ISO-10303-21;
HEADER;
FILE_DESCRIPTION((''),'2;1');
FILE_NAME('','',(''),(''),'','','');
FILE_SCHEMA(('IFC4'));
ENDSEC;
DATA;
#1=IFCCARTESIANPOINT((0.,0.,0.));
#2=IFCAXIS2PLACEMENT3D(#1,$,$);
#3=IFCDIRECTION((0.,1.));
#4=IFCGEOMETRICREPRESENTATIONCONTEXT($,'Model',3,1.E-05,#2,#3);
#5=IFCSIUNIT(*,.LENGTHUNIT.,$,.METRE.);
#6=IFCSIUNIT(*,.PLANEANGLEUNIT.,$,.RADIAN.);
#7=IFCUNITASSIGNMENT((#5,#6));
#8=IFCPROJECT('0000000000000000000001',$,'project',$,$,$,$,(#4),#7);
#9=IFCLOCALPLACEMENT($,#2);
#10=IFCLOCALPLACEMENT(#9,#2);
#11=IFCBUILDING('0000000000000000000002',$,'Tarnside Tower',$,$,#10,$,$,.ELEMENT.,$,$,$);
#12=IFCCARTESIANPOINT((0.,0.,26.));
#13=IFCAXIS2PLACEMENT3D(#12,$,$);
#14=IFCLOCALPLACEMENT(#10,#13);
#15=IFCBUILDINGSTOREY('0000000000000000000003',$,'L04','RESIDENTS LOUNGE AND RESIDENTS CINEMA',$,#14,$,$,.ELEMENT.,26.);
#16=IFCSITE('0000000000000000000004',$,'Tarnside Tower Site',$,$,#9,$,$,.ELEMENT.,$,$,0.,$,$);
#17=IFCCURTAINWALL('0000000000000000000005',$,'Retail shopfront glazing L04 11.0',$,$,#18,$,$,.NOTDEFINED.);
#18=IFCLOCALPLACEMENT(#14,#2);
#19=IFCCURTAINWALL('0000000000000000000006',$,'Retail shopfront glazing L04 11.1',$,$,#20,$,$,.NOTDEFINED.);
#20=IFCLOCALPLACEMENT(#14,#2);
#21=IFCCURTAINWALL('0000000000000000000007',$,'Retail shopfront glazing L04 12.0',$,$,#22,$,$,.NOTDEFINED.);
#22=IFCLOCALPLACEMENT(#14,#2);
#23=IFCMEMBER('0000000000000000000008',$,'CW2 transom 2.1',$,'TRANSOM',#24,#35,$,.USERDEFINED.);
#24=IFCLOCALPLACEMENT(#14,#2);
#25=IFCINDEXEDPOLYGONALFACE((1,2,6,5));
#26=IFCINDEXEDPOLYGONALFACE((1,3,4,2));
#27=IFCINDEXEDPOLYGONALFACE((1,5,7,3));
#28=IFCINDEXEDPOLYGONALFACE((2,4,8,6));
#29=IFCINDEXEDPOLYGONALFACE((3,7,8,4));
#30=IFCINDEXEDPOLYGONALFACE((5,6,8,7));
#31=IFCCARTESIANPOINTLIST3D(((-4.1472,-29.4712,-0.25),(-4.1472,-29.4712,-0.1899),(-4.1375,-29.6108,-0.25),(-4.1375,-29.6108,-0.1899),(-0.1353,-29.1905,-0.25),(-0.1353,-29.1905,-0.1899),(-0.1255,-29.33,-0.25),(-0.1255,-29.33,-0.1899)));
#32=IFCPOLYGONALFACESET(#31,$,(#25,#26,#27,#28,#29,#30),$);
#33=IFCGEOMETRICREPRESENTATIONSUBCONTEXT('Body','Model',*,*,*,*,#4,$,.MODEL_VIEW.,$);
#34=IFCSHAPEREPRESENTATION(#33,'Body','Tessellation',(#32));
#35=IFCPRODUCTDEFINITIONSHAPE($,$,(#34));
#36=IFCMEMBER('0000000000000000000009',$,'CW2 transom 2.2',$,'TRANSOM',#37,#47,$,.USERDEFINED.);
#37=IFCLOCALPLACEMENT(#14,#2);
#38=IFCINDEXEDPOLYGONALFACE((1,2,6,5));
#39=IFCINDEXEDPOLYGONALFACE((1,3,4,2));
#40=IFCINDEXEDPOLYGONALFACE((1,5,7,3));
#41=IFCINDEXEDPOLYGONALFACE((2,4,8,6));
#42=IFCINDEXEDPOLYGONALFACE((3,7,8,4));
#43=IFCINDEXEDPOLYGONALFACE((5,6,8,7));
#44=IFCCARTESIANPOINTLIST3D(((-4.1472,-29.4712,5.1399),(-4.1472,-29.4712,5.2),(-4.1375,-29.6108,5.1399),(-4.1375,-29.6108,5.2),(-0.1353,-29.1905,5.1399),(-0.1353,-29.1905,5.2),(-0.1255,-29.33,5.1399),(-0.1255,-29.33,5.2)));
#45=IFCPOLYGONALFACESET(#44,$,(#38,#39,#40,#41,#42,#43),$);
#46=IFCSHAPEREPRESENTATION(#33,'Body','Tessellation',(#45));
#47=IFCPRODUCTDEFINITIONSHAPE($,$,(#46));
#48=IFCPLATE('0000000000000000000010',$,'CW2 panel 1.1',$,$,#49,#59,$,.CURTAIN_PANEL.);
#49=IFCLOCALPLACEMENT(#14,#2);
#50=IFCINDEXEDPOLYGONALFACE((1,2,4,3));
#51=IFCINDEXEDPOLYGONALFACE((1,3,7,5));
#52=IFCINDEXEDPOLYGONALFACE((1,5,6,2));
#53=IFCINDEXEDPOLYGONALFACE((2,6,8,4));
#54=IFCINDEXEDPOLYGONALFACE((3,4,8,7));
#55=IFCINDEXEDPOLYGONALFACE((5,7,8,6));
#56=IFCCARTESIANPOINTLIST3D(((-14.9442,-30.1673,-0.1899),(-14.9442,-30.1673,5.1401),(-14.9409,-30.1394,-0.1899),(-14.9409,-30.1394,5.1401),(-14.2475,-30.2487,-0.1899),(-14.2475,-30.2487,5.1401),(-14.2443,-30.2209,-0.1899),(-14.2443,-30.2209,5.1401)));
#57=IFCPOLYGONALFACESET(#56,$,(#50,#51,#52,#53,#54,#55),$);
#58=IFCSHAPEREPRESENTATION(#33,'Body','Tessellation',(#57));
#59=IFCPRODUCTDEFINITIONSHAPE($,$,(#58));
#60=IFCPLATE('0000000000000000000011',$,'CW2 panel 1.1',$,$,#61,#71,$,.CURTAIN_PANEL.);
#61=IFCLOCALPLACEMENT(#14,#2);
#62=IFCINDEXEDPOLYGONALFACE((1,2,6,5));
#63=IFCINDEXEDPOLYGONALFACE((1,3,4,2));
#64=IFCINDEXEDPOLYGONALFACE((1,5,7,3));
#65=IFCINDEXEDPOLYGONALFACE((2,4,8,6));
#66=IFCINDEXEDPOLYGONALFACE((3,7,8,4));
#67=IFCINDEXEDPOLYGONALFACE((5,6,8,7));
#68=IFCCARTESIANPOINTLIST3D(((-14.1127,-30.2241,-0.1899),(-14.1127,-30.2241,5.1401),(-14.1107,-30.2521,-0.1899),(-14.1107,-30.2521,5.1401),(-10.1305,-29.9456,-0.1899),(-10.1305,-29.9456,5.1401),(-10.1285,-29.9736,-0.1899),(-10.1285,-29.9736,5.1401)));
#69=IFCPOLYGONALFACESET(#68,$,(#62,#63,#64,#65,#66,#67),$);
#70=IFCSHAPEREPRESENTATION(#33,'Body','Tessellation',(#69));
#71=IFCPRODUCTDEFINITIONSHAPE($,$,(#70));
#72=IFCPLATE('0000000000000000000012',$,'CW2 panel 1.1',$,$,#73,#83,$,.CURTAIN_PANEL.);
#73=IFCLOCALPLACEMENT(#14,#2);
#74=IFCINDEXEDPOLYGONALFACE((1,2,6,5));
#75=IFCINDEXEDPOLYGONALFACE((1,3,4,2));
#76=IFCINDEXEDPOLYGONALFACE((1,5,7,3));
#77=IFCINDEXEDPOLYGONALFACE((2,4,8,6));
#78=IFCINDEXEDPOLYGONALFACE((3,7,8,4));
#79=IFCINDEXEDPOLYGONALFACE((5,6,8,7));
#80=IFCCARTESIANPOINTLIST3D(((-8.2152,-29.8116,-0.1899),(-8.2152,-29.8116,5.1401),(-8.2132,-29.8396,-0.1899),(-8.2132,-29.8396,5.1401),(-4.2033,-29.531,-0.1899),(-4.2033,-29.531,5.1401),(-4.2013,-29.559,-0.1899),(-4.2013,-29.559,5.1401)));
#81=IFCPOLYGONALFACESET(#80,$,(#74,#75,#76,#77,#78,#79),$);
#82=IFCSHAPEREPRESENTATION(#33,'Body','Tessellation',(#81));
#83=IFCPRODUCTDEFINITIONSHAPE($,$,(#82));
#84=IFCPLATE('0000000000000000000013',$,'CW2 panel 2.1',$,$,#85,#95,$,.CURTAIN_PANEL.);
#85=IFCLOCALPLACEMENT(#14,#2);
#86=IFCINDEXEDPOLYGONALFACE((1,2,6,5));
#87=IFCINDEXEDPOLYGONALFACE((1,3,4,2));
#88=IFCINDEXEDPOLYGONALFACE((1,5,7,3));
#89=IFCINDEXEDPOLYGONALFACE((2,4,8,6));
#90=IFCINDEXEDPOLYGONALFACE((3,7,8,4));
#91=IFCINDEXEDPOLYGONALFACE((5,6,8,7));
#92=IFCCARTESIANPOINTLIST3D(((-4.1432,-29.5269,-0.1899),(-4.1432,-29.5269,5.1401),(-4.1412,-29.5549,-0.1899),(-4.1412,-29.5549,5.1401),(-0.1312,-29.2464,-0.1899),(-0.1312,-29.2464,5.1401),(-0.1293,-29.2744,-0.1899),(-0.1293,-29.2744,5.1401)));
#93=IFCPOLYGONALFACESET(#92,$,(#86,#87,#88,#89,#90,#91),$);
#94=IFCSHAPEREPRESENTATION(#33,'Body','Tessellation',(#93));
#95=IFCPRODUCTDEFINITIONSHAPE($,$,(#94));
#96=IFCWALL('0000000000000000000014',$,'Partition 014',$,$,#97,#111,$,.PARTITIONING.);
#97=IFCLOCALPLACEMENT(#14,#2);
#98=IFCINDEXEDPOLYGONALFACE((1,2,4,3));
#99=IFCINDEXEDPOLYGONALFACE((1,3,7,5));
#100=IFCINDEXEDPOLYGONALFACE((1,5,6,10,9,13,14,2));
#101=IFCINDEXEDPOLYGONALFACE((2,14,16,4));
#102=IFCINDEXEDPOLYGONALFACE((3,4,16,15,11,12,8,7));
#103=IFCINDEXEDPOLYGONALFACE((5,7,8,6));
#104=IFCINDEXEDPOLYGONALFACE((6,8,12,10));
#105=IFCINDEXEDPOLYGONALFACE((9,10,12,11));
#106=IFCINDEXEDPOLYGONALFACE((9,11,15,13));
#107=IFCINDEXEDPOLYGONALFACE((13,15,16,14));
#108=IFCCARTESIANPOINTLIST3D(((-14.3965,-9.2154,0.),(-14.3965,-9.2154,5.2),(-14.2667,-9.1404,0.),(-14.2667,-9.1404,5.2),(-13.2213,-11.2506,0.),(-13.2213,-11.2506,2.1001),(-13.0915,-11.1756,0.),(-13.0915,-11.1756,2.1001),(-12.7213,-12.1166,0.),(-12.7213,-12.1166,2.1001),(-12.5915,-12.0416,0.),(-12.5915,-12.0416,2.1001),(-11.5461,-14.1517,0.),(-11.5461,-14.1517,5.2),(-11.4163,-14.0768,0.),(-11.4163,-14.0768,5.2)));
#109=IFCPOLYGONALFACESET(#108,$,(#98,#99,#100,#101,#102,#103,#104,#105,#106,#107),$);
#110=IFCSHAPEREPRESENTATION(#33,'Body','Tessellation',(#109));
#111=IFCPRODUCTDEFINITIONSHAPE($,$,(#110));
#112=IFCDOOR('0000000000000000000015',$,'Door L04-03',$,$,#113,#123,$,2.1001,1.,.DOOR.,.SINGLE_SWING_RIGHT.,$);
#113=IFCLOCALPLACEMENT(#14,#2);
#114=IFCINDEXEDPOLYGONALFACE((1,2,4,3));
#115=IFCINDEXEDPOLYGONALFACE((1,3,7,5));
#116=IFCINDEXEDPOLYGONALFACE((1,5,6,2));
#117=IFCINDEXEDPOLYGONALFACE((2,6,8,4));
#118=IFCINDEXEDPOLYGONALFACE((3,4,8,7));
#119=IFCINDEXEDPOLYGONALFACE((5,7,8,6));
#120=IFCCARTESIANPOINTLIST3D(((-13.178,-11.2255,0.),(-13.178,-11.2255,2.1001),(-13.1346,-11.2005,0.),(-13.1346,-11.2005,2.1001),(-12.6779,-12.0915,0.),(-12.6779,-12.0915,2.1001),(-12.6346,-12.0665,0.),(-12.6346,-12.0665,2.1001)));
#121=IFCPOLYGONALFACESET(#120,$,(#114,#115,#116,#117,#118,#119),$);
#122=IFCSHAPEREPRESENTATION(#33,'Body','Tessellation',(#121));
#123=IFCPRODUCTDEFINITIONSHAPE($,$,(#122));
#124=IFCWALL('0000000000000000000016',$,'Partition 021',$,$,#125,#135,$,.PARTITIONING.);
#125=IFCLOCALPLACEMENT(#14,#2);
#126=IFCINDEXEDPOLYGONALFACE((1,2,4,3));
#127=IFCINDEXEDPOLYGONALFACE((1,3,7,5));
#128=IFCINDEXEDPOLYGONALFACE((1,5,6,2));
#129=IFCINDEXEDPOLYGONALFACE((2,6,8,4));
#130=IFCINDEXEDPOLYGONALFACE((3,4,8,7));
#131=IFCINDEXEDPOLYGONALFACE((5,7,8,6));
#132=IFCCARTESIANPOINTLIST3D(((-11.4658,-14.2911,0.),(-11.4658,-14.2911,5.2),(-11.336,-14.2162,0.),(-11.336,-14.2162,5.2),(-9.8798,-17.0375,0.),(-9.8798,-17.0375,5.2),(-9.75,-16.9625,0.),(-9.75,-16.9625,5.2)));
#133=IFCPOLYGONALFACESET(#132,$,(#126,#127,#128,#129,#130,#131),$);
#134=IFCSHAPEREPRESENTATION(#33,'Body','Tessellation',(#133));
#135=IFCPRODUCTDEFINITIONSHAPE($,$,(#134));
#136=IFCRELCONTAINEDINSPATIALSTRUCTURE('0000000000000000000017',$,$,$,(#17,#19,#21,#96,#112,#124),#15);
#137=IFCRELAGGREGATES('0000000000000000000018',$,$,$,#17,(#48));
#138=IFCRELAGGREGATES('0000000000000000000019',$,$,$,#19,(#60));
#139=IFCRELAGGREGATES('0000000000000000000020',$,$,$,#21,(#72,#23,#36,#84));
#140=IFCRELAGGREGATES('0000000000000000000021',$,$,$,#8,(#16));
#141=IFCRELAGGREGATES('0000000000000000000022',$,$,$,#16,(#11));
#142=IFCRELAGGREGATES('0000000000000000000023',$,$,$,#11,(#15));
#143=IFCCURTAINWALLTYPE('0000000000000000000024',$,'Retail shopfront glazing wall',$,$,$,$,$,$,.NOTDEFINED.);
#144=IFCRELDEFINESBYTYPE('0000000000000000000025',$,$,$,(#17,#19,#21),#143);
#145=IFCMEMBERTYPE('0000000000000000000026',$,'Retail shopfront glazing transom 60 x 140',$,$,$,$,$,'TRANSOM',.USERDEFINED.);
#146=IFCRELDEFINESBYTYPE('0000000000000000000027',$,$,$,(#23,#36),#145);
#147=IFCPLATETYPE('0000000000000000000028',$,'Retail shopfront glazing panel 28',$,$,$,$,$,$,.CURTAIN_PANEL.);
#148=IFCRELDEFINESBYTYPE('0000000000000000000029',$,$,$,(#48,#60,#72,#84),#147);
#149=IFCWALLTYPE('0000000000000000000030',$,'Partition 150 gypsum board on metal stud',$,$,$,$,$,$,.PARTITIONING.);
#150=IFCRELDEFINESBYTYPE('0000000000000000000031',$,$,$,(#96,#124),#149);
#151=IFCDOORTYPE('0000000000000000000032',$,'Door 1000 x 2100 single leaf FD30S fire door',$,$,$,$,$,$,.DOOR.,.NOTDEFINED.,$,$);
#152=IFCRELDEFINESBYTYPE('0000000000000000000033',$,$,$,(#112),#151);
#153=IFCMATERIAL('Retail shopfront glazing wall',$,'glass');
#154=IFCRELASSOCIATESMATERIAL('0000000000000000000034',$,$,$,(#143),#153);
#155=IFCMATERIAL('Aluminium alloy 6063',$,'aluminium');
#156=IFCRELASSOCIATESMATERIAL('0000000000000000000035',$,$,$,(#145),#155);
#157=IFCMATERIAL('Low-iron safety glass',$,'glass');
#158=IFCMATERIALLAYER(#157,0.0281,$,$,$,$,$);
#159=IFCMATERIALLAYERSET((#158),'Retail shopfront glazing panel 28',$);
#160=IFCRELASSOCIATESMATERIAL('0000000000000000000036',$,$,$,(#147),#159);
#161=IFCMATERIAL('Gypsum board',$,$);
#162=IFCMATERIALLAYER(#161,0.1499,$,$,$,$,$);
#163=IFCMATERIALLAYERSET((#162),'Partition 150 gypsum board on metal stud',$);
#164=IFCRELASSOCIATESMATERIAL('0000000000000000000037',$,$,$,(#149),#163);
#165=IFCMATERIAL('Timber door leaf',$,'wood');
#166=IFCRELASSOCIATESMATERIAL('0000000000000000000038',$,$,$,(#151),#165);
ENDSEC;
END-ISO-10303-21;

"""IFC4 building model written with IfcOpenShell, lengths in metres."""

from ifc_helpers import new_model, si_unit, direction, frame, frame_2d, origin, origin_2d, place, context, subcontext, project, spatial, rectangle, extrude, material, layer, layer_set, material_profile, profile_set, type_object, element, fill, aggregate, save


model = new_model("IFC4")

# Units and contexts
model_context = context("Model", 3, precision=1e-05, world=origin(), true_north=direction((0.0, 1.0)))
body_context = subcontext(model_context, "Body", "Model", "MODEL_VIEW")
ifc_project = project(units=[si_unit("LENGTHUNIT", "METRE"), si_unit("PLANEANGLEUNIT", "RADIAN")], contexts=[model_context])

# Site, building, storey
site_placement = place(None, origin())
site = spatial("IfcSite", under=ifc_project, at=site_placement, Name="Tarnside Tower Site", CompositionType="ELEMENT", RefElevation=0.0)
building_placement = place(site_placement, origin())
building = spatial("IfcBuilding", under=site, at=building_placement, Name="Tarnside Tower", CompositionType="ELEMENT")
storey_placement = place(building_placement, frame((0.0, 0.0, 26.0)))
storey = spatial("IfcBuildingStorey", under=building, at=storey_placement, Name="L04", Description="RESIDENTS LOUNGE AND RESIDENTS CINEMA", CompositionType="ELEMENT", Elevation=26.0)

# Shared definitions
ifc_material_1 = material(Name="Retail shopfront glazing wall", Category="glass")
curtain_wall_type = type_object("IfcCurtainWallType", Name="Retail shopfront glazing wall", PredefinedType="NOTDEFINED", material=ifc_material_1)
ifc_material_2 = material(Name="Aluminium alloy 6063", Category="aluminium")

# Curtain walls
curtain_wall_1_placement = place(storey_placement, origin())
curtain_wall_1 = element("IfcCurtainWall", 1, at=curtain_wall_1_placement, inside=storey, type_object=curtain_wall_type, Name="Retail shopfront glazing L04 11.0", PredefinedType="NOTDEFINED")
curtain_wall_2_placement = place(storey_placement, origin())
curtain_wall_2 = element("IfcCurtainWall", 2, at=curtain_wall_2_placement, inside=storey, type_object=curtain_wall_type, Name="Retail shopfront glazing L04 11.1", PredefinedType="NOTDEFINED")
curtain_wall_3_placement = place(storey_placement, origin())
curtain_wall_3 = element("IfcCurtainWall", 3, at=curtain_wall_3_placement, inside=storey, type_object=curtain_wall_type, Name="Retail shopfront glazing L04 12.0", PredefinedType="NOTDEFINED")

# Members
ifc_material_profile_1 = material_profile(ifc_material_2, rectangle(XDim=0.1399, YDim=0.0601, at=origin_2d()), Name="Retail shopfront glazing transom 60 x 140")
ifc_profile_set_1 = profile_set([ifc_material_profile_1], Name="Aluminium alloy 6063")
member_type_1 = type_object("IfcMemberType", Name="Retail shopfront glazing transom 60 x 140", ElementType="TRANSOM", PredefinedType="USERDEFINED", material=ifc_profile_set_1)
member_1_placement = place(storey_placement, frame((-4.1423, -29.541, -0.22), z_axis=(0.99756, 0.06981, 0.0), x_axis=(-0.06981, 0.99756, 0.0)))
member_1 = element("IfcMember", 4, at=member_1_placement, type_object=member_type_1, Name="CW2 transom 2.1", ObjectType="TRANSOM", PredefinedType="USERDEFINED", context=body_context, shape_type="SweptSolid", body=[
    extrude(rectangle(XDim=0.1399, YDim=0.0601, at=origin_2d()), origin(), (0.0, 0.0, 1.0), 4.0217),
])
member_2_placement = place(storey_placement, frame((-4.1423, -29.541, 5.1699), z_axis=(0.99756, 0.06981, 0.0), x_axis=(-0.06981, 0.99756, 0.0)))
member_2 = element("IfcMember", 5, at=member_2_placement, type_object=member_type_1, Name="CW2 transom 2.2", ObjectType="TRANSOM", PredefinedType="USERDEFINED", context=body_context, shape_type="SweptSolid", body=[
    extrude(rectangle(XDim=0.1399, YDim=0.0601, at=origin_2d()), origin(), (0.0, 0.0, 1.0), 4.0217),
])

# Plates
ifc_material_3 = material(Name="Low-iron safety glass", Category="glass")
ifc_layer_1 = layer(ifc_material_3, 0.0281)
ifc_layer_set_1 = layer_set([ifc_layer_1], Name="Retail shopfront glazing panel 28")
plate_type = type_object("IfcPlateType", Name="Retail shopfront glazing panel 28", PredefinedType="CURTAIN_PANEL", material=ifc_layer_set_1)
plate_1_placement = place(storey_placement, frame((-14.5942, -30.1941, -0.1899), z_axis=(0.0, 0.0, 1.0), x_axis=(0.993238, -0.116093, 0.0)))
plate_1 = element("IfcPlate", 6, at=plate_1_placement, type_object=plate_type, Name="CW2 panel 1.1", PredefinedType="CURTAIN_PANEL", context=body_context, shape_type="SweptSolid", body=[
    extrude(rectangle(XDim=0.7014, YDim=0.0281, at=origin_2d()), origin(), (0.0, 0.0, 1.0), 5.3301),
])
aggregate(curtain_wall_1, [plate_1])
plate_2_placement = place(storey_placement, frame((-12.1206, -30.0989, -0.1899), z_axis=(0.0, 0.0, 1.0), x_axis=(0.997564, 0.069756, 0.0)))
plate_2 = element("IfcPlate", 7, at=plate_2_placement, type_object=plate_type, Name="CW2 panel 1.1", PredefinedType="CURTAIN_PANEL", context=body_context, shape_type="SweptSolid", body=[
    extrude(rectangle(XDim=3.9919, YDim=0.0281, at=origin_2d()), origin(), (0.0, 0.0, 1.0), 5.3301),
])
aggregate(curtain_wall_2, [plate_2])
plate_3_placement = place(storey_placement, frame((-6.2083, -29.6853, -0.1899), z_axis=(0.0, 0.0, 1.0), x_axis=(0.997564, 0.069756, 0.0)))
plate_3 = element("IfcPlate", 8, at=plate_3_placement, type_object=plate_type, Name="CW2 panel 1.1", PredefinedType="CURTAIN_PANEL", context=body_context, shape_type="SweptSolid", body=[
    extrude(rectangle(XDim=4.0217, YDim=0.0281, at=origin_2d()), origin(), (0.0, 0.0, 1.0), 5.3301),
])
plate_4_placement = place(storey_placement, frame((-2.1362, -29.4006, -0.1899), z_axis=(0.0, 0.0, 1.0), x_axis=(0.997564, 0.069756, 0.0)))
plate_4 = element("IfcPlate", 9, at=plate_4_placement, type_object=plate_type, Name="CW2 panel 2.1", PredefinedType="CURTAIN_PANEL", context=body_context, shape_type="SweptSolid", body=[
    extrude(rectangle(XDim=4.0217, YDim=0.0281, at=origin_2d()), origin(), (0.0, 0.0, 1.0), 5.3301),
])
aggregate(curtain_wall_3, [plate_3, member_1, member_2, plate_4])

# Wall, opening, door
ifc_material_4 = material(Name="Gypsum board")
ifc_layer_2 = layer(ifc_material_4, 0.1499)
ifc_layer_set_2 = layer_set([ifc_layer_2], Name="Partition 150 gypsum board on metal stud")
wall_type = type_object("IfcWallType", Name="Partition 150 gypsum board on metal stud", PredefinedType="PARTITIONING", material=ifc_layer_set_2)
wall_1_placement = place(storey_placement, frame((-11.4812, -14.1143, 0.0), z_axis=(0.0, 0.0, 1.0), x_axis=(-0.50005, 0.865997, 0.0)))
wall_1 = element("IfcWall", 10, at=wall_1_placement, inside=storey, type_object=wall_type, Name="Partition 014", PredefinedType="PARTITIONING", context=body_context, shape_type="SweptSolid", body=[
    extrude(rectangle(XDim=5.7002, YDim=0.1499, at=frame_2d((2.8501, 0.0))), origin(), (0.0, 0.0, 1.0), 5.2),
])
opening_placement = place(wall_1_placement, frame((2.3501, 0.0, 0.0)))
opening = element("IfcOpeningElement", 11, at=opening_placement, cuts=wall_1, PredefinedType="OPENING", context=body_context, shape_type="SweptSolid", body=[
    extrude(rectangle(XDim=1.0, YDim=2.1001, at=frame_2d((0.5, 1.05))), frame((0.0, 0.085, 0.0), z_axis=(0.0, -1.0, 0.0), x_axis=(1.0, 0.0, 0.0)), (0.0, 0.0, 1.0), 0.1699),
])
ifc_material_5 = material(Name="Timber door leaf", Category="wood")
door_type = type_object("IfcDoorType", Name="Door 1000 x 2100 single leaf FD30S fire door", OperationType="NOTDEFINED", PredefinedType="DOOR", material=ifc_material_5)
door_placement = place(opening_placement, origin())
door = element("IfcDoor", 12, at=door_placement, inside=storey, type_object=door_type, Name="Door L04-03", OperationType="SINGLE_SWING_RIGHT", OverallHeight=2.1001, OverallWidth=1.0, PredefinedType="DOOR", context=body_context, shape_type="SweptSolid", body=[
    extrude(rectangle(XDim=1.0, YDim=2.1001, at=frame_2d((0.5, 1.05))), frame((0.0, 0.0249, 0.0), z_axis=(0.0, -1.0, 0.0), x_axis=(1.0, 0.0, 0.0)), (0.0, 0.0, 1.0), 0.05),
])
fill(opening, door)

# Wall
wall_2_placement = place(storey_placement, frame((-11.4009, -14.2537, 0.0), z_axis=(0.0, 0.0, 1.0), x_axis=(0.50008, -0.865979, 0.0)))
element("IfcWall", 13, at=wall_2_placement, inside=storey, type_object=wall_type, Name="Partition 021", PredefinedType="PARTITIONING", context=body_context, shape_type="SweptSolid", body=[
    extrude(rectangle(XDim=3.1714, YDim=0.1499, at=frame_2d((1.5857, 0.0))), origin(), (0.0, 0.0, 1.0), 5.2),
])

save(model, "model.ifc")
